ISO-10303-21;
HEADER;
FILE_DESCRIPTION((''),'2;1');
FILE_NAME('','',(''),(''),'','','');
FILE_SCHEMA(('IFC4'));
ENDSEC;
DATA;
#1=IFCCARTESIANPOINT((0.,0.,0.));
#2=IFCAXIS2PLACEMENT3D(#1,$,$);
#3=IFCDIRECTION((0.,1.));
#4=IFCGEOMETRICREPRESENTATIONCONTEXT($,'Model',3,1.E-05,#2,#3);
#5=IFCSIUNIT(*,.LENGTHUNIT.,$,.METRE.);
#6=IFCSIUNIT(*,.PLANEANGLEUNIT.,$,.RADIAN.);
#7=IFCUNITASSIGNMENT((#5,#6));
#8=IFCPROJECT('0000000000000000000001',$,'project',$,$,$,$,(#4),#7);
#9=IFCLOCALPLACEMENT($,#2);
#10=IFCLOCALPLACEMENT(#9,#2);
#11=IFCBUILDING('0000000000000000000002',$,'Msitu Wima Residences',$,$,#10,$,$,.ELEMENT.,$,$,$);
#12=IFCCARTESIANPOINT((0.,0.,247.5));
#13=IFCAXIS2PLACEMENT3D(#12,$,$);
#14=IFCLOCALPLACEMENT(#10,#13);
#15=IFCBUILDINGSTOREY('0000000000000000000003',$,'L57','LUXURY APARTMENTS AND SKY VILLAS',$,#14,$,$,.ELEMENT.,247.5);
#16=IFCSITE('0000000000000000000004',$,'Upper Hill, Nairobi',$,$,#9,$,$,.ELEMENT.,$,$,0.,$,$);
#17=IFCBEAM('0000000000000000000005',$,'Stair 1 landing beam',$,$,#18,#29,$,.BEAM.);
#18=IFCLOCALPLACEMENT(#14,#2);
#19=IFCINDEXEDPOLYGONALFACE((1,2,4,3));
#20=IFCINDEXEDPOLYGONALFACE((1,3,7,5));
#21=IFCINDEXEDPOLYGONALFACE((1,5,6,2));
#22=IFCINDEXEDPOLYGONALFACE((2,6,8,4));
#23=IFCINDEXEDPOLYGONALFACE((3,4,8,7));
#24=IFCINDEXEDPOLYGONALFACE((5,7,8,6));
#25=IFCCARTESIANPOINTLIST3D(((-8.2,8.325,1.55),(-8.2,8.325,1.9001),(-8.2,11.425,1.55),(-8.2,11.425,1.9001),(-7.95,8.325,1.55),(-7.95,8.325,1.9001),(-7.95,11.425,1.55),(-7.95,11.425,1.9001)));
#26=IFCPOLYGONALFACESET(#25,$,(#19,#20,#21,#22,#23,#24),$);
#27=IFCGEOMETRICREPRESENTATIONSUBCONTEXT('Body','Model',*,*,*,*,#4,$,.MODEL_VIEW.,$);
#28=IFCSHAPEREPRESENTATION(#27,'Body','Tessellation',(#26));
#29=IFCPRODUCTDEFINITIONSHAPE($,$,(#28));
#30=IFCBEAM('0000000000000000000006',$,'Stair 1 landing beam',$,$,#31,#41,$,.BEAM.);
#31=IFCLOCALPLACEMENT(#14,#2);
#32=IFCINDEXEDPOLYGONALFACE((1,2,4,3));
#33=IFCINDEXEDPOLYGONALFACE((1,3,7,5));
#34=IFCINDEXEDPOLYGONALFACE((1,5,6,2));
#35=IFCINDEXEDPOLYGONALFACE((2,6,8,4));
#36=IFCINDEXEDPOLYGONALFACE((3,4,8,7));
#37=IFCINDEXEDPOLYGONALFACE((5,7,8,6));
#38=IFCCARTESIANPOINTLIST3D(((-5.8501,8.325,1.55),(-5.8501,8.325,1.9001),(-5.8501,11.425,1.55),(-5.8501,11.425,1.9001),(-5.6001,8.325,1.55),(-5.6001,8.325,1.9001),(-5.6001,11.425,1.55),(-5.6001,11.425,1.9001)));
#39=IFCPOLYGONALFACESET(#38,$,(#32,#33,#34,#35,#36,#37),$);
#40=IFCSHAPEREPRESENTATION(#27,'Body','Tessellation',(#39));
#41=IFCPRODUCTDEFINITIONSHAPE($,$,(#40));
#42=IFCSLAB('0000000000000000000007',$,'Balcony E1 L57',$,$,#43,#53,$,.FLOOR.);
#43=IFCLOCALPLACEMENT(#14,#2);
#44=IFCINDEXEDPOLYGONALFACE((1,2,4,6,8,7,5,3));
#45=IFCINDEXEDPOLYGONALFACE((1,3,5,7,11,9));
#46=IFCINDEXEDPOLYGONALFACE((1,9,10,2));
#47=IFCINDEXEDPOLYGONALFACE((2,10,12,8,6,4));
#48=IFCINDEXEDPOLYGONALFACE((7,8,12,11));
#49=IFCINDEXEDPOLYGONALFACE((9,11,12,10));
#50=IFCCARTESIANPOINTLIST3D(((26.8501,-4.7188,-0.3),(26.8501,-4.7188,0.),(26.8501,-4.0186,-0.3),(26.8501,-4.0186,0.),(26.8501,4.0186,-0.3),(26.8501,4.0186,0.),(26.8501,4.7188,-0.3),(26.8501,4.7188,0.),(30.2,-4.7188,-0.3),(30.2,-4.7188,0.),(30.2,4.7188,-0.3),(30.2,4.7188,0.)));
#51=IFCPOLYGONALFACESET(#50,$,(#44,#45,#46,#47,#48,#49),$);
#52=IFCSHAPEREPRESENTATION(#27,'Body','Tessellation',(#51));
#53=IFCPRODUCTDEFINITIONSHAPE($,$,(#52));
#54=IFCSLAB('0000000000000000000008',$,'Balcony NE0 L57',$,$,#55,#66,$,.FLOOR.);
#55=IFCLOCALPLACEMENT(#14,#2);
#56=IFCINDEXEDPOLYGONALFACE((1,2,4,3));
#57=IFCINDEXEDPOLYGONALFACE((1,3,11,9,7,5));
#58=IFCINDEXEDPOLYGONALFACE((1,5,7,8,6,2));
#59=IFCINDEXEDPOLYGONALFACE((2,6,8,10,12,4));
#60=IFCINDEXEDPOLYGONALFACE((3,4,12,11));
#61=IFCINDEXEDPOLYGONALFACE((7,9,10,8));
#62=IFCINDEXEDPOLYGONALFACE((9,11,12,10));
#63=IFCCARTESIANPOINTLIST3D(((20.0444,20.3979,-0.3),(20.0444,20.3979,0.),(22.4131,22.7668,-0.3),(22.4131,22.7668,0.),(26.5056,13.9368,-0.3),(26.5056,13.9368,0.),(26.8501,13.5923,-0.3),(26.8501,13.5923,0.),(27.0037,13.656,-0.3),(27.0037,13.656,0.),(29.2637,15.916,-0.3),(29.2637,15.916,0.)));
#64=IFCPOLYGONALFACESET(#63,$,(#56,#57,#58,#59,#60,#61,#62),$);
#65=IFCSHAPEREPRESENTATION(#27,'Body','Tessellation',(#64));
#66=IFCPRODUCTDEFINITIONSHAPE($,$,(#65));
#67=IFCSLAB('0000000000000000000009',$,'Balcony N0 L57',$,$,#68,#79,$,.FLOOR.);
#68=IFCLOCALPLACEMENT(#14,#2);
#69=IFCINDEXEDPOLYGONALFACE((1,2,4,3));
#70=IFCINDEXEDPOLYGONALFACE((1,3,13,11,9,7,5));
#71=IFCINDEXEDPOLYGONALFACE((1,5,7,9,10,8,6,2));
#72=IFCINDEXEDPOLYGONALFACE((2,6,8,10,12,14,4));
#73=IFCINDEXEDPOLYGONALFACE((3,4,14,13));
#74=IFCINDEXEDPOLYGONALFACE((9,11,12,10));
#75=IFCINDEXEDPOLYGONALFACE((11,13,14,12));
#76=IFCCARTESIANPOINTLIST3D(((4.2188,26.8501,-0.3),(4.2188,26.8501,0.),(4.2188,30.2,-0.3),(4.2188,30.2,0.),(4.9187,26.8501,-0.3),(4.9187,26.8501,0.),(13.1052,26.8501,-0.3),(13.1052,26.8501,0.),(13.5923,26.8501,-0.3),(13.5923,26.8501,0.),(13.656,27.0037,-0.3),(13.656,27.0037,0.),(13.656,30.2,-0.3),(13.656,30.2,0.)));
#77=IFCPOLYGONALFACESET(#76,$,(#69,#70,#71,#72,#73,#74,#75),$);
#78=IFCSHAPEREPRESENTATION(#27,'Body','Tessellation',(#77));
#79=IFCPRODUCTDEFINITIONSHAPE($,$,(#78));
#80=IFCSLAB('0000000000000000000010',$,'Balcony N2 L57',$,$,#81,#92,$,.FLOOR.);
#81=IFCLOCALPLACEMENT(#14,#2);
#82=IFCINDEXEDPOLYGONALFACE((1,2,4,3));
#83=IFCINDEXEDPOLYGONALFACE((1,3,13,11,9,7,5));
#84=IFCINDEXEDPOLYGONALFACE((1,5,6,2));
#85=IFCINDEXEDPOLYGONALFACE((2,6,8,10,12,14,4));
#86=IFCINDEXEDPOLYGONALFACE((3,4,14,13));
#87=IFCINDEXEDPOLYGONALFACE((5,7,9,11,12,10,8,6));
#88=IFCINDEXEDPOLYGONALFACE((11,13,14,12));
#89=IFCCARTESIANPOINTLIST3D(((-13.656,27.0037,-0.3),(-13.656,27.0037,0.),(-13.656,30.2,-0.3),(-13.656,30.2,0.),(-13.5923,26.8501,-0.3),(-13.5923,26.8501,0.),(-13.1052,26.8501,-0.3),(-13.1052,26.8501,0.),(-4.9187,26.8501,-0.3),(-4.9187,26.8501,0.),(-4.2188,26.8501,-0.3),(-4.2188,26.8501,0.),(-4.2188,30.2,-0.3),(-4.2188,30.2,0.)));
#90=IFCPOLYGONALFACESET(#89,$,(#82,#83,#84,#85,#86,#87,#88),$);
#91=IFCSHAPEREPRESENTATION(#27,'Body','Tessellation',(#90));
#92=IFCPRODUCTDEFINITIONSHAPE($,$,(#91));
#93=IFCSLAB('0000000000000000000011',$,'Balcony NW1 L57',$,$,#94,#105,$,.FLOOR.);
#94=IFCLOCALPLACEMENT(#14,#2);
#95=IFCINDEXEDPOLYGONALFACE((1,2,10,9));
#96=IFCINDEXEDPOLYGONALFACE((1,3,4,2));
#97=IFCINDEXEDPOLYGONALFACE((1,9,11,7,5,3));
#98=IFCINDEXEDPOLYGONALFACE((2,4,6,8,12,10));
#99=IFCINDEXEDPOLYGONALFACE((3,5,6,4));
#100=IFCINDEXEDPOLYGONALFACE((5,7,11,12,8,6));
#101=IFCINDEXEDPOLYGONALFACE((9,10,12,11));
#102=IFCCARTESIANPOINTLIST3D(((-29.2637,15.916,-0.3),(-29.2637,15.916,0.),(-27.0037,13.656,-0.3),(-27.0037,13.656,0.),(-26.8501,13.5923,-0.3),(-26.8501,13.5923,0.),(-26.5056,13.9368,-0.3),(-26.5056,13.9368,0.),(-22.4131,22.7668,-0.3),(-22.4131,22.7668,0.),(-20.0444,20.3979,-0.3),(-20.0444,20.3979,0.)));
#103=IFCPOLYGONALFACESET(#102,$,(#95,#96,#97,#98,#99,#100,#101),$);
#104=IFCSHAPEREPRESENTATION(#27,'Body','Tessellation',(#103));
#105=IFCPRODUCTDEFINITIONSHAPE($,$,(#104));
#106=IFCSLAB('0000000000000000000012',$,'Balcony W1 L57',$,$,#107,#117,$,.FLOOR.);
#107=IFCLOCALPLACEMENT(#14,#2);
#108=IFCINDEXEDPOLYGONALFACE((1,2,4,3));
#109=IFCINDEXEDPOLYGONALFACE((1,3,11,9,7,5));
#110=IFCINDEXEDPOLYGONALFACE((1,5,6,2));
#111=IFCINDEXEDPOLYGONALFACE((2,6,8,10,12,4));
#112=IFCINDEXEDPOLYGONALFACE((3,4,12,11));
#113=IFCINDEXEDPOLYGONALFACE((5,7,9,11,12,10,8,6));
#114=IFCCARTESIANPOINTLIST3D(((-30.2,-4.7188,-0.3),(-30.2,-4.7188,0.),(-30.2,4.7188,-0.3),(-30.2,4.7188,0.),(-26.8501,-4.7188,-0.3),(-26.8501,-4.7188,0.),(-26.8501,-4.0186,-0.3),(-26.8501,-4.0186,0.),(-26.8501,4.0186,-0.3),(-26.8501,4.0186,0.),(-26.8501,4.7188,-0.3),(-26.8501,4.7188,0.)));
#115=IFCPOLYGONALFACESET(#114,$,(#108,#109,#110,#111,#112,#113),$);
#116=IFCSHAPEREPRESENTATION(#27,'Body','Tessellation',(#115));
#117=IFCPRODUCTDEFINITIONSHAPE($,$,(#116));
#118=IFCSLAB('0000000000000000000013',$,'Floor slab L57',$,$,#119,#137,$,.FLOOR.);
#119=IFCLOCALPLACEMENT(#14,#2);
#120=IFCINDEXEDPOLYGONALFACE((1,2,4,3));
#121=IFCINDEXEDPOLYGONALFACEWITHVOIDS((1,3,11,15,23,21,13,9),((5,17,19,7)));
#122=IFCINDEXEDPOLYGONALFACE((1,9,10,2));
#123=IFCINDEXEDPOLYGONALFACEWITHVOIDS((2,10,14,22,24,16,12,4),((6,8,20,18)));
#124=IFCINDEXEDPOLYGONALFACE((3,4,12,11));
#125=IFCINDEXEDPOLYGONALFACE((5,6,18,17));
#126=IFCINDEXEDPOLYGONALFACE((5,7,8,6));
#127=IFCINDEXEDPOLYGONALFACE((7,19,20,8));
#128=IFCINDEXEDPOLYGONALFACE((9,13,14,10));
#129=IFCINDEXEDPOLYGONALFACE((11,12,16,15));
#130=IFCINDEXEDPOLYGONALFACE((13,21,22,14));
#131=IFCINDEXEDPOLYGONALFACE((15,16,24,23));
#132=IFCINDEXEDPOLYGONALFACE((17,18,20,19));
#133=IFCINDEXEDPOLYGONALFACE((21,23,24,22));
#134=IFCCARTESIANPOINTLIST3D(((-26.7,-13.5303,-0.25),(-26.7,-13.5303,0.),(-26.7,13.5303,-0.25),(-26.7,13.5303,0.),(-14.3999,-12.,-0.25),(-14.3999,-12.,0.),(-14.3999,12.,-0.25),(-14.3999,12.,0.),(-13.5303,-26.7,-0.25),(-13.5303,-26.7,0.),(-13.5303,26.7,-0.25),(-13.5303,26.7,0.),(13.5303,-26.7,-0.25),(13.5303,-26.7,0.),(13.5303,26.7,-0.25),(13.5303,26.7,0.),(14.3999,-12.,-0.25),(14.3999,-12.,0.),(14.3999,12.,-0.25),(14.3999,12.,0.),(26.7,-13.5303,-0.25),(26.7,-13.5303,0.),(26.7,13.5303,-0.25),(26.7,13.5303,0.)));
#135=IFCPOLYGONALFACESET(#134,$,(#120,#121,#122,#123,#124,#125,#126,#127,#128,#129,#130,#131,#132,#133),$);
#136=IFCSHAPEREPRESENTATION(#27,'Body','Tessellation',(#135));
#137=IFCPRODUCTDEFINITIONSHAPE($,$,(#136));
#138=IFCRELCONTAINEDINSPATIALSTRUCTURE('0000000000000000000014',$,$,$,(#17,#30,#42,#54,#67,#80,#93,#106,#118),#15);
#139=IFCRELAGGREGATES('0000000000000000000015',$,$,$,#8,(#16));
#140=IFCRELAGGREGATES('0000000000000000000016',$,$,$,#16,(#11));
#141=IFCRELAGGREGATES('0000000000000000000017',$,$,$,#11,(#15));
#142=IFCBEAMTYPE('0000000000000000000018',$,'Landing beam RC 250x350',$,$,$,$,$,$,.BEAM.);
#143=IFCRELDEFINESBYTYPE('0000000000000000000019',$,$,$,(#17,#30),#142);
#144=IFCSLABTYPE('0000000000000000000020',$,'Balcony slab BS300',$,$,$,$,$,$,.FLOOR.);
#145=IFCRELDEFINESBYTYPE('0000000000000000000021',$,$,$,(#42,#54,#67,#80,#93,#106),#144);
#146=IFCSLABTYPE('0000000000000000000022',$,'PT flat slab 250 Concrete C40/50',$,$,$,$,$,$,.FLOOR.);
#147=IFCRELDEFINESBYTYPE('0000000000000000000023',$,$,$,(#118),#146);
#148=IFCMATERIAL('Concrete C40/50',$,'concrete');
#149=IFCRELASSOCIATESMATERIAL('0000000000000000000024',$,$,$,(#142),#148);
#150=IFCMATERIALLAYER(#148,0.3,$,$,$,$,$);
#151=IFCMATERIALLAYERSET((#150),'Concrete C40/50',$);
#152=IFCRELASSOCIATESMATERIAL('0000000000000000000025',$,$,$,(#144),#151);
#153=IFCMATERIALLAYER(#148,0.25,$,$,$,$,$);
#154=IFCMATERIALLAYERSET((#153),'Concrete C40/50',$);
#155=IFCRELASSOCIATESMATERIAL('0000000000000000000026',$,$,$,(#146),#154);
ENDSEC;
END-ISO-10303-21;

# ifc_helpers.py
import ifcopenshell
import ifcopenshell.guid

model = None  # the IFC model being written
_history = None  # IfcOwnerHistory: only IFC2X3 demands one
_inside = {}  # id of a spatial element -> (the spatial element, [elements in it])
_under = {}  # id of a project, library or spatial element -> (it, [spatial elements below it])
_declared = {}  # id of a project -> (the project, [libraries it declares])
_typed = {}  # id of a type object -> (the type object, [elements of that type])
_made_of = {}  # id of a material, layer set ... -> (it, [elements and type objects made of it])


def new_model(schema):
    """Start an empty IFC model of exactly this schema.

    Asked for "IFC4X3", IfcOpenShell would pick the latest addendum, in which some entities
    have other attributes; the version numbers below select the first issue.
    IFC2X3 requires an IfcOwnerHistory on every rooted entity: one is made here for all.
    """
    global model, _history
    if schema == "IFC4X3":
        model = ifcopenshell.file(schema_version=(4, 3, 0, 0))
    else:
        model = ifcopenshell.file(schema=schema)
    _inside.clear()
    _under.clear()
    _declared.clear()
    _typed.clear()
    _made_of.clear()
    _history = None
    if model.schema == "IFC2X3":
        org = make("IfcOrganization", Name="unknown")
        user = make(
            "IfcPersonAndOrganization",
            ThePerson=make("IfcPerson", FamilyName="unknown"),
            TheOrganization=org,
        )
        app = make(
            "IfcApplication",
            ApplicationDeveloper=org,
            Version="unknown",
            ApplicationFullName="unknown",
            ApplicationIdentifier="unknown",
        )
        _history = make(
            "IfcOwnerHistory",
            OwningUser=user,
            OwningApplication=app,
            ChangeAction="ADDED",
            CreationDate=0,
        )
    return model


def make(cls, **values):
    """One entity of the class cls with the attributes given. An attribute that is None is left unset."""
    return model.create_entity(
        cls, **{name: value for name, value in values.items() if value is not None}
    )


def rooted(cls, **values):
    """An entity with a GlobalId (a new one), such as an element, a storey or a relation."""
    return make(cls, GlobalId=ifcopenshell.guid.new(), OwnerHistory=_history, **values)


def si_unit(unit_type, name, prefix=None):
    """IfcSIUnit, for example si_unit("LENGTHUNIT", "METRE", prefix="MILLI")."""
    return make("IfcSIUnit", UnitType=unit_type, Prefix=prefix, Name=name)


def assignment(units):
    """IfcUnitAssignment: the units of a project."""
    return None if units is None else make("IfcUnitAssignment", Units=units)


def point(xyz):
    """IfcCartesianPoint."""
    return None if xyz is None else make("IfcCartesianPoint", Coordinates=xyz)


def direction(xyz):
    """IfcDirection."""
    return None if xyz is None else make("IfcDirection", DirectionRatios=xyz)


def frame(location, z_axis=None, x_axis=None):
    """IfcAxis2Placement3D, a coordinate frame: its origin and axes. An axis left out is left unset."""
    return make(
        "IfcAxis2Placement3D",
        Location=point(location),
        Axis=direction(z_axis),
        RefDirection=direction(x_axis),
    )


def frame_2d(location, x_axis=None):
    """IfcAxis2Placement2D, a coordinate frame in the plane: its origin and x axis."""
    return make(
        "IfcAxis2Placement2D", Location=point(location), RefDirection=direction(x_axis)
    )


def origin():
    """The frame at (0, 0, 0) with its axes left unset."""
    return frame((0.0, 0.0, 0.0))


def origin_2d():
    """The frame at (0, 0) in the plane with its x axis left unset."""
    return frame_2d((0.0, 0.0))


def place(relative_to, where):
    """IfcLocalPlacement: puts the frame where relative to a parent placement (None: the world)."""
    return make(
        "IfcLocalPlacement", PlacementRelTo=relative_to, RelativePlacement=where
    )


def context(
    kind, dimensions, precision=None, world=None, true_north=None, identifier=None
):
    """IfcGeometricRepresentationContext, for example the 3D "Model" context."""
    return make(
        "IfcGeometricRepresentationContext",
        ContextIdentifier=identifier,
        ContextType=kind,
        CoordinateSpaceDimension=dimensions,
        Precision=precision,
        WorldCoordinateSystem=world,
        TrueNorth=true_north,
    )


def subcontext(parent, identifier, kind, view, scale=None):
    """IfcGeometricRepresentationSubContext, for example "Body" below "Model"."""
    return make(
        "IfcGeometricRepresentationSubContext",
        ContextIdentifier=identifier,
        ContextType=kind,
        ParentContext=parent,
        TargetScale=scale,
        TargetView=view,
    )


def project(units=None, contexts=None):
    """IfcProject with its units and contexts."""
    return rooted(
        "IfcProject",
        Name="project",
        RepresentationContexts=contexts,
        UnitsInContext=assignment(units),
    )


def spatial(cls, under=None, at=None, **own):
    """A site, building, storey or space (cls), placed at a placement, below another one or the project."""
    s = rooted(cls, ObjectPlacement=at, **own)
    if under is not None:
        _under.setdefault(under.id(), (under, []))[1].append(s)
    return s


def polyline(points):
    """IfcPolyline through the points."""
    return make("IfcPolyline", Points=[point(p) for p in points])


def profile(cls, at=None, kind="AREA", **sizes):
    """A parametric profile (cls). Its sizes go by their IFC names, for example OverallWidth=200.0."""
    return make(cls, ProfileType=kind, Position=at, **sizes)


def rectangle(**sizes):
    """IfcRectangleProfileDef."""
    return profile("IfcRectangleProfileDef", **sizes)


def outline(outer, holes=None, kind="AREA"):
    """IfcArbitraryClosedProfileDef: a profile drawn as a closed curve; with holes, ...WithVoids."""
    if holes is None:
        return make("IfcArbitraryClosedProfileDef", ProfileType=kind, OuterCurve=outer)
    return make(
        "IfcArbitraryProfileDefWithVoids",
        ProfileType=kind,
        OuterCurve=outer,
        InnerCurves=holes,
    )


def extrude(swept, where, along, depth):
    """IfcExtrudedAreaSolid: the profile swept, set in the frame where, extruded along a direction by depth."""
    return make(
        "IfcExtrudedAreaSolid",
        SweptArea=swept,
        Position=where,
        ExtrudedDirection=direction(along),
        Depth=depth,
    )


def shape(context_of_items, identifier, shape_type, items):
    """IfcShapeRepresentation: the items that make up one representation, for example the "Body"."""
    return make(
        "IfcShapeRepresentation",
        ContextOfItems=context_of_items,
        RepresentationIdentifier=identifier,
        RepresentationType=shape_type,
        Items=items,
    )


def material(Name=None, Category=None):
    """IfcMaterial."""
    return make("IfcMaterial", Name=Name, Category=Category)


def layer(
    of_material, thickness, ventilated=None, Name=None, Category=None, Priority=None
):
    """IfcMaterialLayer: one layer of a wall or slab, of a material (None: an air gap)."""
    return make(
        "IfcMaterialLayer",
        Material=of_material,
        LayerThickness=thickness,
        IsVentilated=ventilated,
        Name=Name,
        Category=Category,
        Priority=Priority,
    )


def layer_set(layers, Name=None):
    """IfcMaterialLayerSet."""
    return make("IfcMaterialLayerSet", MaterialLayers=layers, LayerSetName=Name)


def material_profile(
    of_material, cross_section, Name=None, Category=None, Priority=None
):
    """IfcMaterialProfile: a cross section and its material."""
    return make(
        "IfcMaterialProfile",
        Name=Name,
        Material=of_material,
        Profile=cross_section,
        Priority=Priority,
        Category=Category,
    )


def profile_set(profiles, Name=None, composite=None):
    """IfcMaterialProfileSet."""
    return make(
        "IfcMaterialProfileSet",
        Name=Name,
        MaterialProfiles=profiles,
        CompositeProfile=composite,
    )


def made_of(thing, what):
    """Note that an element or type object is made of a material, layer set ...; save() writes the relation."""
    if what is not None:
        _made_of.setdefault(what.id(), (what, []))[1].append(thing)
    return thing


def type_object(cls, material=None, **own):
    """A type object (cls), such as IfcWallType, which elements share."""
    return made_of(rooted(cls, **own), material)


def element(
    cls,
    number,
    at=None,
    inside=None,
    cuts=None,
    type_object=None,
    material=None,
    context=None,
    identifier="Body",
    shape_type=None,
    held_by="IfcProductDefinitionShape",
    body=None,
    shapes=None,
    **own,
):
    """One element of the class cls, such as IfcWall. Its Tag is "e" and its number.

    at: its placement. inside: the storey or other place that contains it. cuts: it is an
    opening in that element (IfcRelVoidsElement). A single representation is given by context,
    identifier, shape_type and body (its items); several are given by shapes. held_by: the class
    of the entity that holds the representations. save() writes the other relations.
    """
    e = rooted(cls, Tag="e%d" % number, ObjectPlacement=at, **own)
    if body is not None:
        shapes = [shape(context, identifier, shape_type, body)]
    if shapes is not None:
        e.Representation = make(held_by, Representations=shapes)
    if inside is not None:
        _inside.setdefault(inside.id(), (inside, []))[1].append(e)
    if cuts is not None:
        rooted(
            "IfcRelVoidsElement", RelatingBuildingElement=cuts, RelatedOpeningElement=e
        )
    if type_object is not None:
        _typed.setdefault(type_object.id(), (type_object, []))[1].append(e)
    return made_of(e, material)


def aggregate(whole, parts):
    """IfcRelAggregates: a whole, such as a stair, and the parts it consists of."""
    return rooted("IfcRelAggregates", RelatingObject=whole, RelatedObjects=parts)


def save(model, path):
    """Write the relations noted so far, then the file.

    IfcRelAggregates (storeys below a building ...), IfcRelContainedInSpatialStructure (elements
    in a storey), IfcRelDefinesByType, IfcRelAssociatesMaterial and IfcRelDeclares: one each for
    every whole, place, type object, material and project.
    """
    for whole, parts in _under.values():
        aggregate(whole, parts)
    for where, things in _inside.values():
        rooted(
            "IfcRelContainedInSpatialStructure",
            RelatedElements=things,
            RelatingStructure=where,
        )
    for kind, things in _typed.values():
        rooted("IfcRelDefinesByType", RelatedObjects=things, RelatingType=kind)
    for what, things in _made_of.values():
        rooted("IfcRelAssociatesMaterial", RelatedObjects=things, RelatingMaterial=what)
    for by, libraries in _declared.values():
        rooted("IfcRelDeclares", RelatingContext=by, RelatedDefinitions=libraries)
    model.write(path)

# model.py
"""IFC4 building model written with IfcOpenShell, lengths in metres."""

from ifc_helpers import new_model, si_unit, direction, frame, origin, origin_2d, place, context, subcontext, project, spatial, polyline, rectangle, outline, extrude, material, layer, layer_set, material_profile, profile_set, type_object, element, save


model = new_model("IFC4")

# Units and contexts
model_context = context("Model", 3, precision=1e-05, world=origin(), true_north=direction((0.0, 1.0)))
body_context = subcontext(model_context, "Body", "Model", "MODEL_VIEW")
ifc_project = project(units=[si_unit("LENGTHUNIT", "METRE"), si_unit("PLANEANGLEUNIT", "RADIAN")], contexts=[model_context])

# Site, building, storey
site_placement = place(None, origin())
site = spatial("IfcSite", under=ifc_project, at=site_placement, Name="Upper Hill, Nairobi", CompositionType="ELEMENT", RefElevation=0.0)
building_placement = place(site_placement, origin())
building = spatial("IfcBuilding", under=site, at=building_placement, Name="Msitu Wima Residences", CompositionType="ELEMENT")
storey_placement = place(building_placement, frame((0.0, 0.0, 247.5)))
storey = spatial("IfcBuildingStorey", under=building, at=storey_placement, Name="L57", Description="LUXURY APARTMENTS AND SKY VILLAS", CompositionType="ELEMENT", Elevation=247.5)

# Beams
ifc_material_1 = material(Name="Concrete C40/50", Category="concrete")
ifc_material_profile = material_profile(ifc_material_1, rectangle(XDim=0.25, YDim=0.3501, at=origin_2d()), Name="RC 250x350")
ifc_profile_set = profile_set([ifc_material_profile], Name="Concrete C40/50")
beam_type = type_object("IfcBeamType", Name="Landing beam RC 250x350", PredefinedType="BEAM", material=ifc_profile_set)
for number, where, z_axis, x_axis, name in (
    (1, (-8.075, 8.325, 1.7251), (0.0, 1.0, 0.0), (-1.0, 0.0, 0.0), "Stair 1 landing beam"),
    (2, (-5.7251, 8.325, 1.7251), (0.0, 1.0, 0.0), (-1.0, 0.0, 0.0), "Stair 1 landing beam"),
):
    element("IfcBeam", number, at=place(storey_placement, frame(where, z_axis=z_axis, x_axis=x_axis)), inside=storey, type_object=beam_type, Name=name, PredefinedType="BEAM", context=body_context, shape_type="SweptSolid", body=[
        extrude(rectangle(XDim=0.25, YDim=0.3501, at=origin_2d()), origin(), (0.0, 0.0, 1.0), 3.1001),
    ])

# Slabs
ifc_layer_1 = layer(ifc_material_1, 0.3)
ifc_layer_set_1 = layer_set([ifc_layer_1], Name="Concrete C40/50")
slab_type_1 = type_object("IfcSlabType", Name="Balcony slab BS300", PredefinedType="FLOOR", material=ifc_layer_set_1)
slab_1_placement = place(storey_placement, frame((0.0, 0.0, -0.3)))
element("IfcSlab", 3, at=slab_1_placement, inside=storey, type_object=slab_type_1, Name="Balcony E1 L57", PredefinedType="FLOOR", context=body_context, shape_type="SweptSolid", body=[
    extrude(outline(polyline([(26.8501, -4.0186), (26.8501, 4.0186), (26.8501, 4.7188), (30.2, 4.7188), (30.2, -4.7188), (26.8501, -4.7188), (26.8501, -4.0186)])), origin(), (0.0, 0.0, 1.0), 0.3),
])
slab_2_placement = place(storey_placement, frame((0.0, 0.0, -0.3)))
element("IfcSlab", 4, at=slab_2_placement, inside=storey, type_object=slab_type_1, Name="Balcony NE0 L57", PredefinedType="FLOOR", context=body_context, shape_type="SweptSolid", body=[
    extrude(outline(polyline([(26.5056, 13.9368), (26.5056, 13.9368), (20.0444, 20.3979), (22.4131, 22.7668), (29.2637, 15.916), (27.0037, 13.656), (26.8501, 13.5923), (26.5056, 13.9368), (26.5056, 13.9368)])), origin(), (0.0, 0.0, 1.0), 0.3),
])
slab_3_placement = place(storey_placement, frame((0.0, 0.0, -0.3)))
element("IfcSlab", 5, at=slab_3_placement, inside=storey, type_object=slab_type_1, Name="Balcony N0 L57", PredefinedType="FLOOR", context=body_context, shape_type="SweptSolid", body=[
    extrude(outline(polyline([(13.1052, 26.8501), (13.1052, 26.8501), (4.9187, 26.8501), (4.2188, 26.8501), (4.2188, 30.2), (13.656, 30.2), (13.656, 27.0037), (13.5923, 26.8501), (13.1052, 26.8501), (13.1052, 26.8501)])), origin(), (0.0, 0.0, 1.0), 0.3),
])
slab_4_placement = place(storey_placement, frame((0.0, 0.0, -0.3)))
element("IfcSlab", 6, at=slab_4_placement, inside=storey, type_object=slab_type_1, Name="Balcony N2 L57", PredefinedType="FLOOR", context=body_context, shape_type="SweptSolid", body=[
    extrude(outline(polyline([(-13.1052, 26.8501), (-13.1052, 26.8501), (-13.1052, 26.8501), (-13.5923, 26.8501), (-13.656, 27.0037), (-13.656, 30.2), (-4.2188, 30.2), (-4.2188, 26.8501), (-4.9187, 26.8501), (-13.1052, 26.8501)])), origin(), (0.0, 0.0, 1.0), 0.3),
])
slab_5_placement = place(storey_placement, frame((0.0, 0.0, -0.3)))
element("IfcSlab", 7, at=slab_5_placement, inside=storey, type_object=slab_type_1, Name="Balcony NW1 L57", PredefinedType="FLOOR", context=body_context, shape_type="SweptSolid", body=[
    extrude(outline(polyline([(-26.5056, 13.9368), (-26.5056, 13.9368), (-26.8501, 13.5923), (-27.0037, 13.656), (-29.2637, 15.916), (-22.4131, 22.7668), (-20.0444, 20.3979), (-26.5056, 13.9368), (-26.5056, 13.9368)])), origin(), (0.0, 0.0, 1.0), 0.3),
])
slab_6_placement = place(storey_placement, frame((0.0, 0.0, -0.3)))
element("IfcSlab", 8, at=slab_6_placement, inside=storey, type_object=slab_type_1, Name="Balcony W1 L57", PredefinedType="FLOOR", context=body_context, shape_type="SweptSolid", body=[
    extrude(outline(polyline([(-26.8501, 4.0186), (-26.8501, -4.0186), (-26.8501, -4.7188), (-30.2, -4.7188), (-30.2, 4.7188), (-26.8501, 4.7188), (-26.8501, 4.0186)])), origin(), (0.0, 0.0, 1.0), 0.3),
])
ifc_layer_2 = layer(ifc_material_1, 0.25)
ifc_layer_set_2 = layer_set([ifc_layer_2], Name="Concrete C40/50")
slab_type_2 = type_object("IfcSlabType", Name="PT flat slab 250 Concrete C40/50", PredefinedType="FLOOR", material=ifc_layer_set_2)
slab_7_placement = place(storey_placement, frame((0.0, 0.0, -0.25)))
element("IfcSlab", 9, at=slab_7_placement, inside=storey, type_object=slab_type_2, Name="Floor slab L57", PredefinedType="FLOOR", context=body_context, shape_type="SweptSolid", body=[
    extrude(outline(polyline([(26.7, -13.5303), (13.5303, -26.7), (-13.5303, -26.7), (-26.7, -13.5303), (-26.7, 13.5303), (-13.5303, 26.7), (13.5303, 26.7), (26.7, 13.5303), (26.7, -13.5303)]), holes=[polyline([(-14.3999, -12.0), (14.3999, -12.0), (14.3999, 12.0), (-14.3999, 12.0), (-14.3999, -12.0)])]), origin(), (0.0, 0.0, 1.0), 0.25),
])

save(model, "model.ifc")
